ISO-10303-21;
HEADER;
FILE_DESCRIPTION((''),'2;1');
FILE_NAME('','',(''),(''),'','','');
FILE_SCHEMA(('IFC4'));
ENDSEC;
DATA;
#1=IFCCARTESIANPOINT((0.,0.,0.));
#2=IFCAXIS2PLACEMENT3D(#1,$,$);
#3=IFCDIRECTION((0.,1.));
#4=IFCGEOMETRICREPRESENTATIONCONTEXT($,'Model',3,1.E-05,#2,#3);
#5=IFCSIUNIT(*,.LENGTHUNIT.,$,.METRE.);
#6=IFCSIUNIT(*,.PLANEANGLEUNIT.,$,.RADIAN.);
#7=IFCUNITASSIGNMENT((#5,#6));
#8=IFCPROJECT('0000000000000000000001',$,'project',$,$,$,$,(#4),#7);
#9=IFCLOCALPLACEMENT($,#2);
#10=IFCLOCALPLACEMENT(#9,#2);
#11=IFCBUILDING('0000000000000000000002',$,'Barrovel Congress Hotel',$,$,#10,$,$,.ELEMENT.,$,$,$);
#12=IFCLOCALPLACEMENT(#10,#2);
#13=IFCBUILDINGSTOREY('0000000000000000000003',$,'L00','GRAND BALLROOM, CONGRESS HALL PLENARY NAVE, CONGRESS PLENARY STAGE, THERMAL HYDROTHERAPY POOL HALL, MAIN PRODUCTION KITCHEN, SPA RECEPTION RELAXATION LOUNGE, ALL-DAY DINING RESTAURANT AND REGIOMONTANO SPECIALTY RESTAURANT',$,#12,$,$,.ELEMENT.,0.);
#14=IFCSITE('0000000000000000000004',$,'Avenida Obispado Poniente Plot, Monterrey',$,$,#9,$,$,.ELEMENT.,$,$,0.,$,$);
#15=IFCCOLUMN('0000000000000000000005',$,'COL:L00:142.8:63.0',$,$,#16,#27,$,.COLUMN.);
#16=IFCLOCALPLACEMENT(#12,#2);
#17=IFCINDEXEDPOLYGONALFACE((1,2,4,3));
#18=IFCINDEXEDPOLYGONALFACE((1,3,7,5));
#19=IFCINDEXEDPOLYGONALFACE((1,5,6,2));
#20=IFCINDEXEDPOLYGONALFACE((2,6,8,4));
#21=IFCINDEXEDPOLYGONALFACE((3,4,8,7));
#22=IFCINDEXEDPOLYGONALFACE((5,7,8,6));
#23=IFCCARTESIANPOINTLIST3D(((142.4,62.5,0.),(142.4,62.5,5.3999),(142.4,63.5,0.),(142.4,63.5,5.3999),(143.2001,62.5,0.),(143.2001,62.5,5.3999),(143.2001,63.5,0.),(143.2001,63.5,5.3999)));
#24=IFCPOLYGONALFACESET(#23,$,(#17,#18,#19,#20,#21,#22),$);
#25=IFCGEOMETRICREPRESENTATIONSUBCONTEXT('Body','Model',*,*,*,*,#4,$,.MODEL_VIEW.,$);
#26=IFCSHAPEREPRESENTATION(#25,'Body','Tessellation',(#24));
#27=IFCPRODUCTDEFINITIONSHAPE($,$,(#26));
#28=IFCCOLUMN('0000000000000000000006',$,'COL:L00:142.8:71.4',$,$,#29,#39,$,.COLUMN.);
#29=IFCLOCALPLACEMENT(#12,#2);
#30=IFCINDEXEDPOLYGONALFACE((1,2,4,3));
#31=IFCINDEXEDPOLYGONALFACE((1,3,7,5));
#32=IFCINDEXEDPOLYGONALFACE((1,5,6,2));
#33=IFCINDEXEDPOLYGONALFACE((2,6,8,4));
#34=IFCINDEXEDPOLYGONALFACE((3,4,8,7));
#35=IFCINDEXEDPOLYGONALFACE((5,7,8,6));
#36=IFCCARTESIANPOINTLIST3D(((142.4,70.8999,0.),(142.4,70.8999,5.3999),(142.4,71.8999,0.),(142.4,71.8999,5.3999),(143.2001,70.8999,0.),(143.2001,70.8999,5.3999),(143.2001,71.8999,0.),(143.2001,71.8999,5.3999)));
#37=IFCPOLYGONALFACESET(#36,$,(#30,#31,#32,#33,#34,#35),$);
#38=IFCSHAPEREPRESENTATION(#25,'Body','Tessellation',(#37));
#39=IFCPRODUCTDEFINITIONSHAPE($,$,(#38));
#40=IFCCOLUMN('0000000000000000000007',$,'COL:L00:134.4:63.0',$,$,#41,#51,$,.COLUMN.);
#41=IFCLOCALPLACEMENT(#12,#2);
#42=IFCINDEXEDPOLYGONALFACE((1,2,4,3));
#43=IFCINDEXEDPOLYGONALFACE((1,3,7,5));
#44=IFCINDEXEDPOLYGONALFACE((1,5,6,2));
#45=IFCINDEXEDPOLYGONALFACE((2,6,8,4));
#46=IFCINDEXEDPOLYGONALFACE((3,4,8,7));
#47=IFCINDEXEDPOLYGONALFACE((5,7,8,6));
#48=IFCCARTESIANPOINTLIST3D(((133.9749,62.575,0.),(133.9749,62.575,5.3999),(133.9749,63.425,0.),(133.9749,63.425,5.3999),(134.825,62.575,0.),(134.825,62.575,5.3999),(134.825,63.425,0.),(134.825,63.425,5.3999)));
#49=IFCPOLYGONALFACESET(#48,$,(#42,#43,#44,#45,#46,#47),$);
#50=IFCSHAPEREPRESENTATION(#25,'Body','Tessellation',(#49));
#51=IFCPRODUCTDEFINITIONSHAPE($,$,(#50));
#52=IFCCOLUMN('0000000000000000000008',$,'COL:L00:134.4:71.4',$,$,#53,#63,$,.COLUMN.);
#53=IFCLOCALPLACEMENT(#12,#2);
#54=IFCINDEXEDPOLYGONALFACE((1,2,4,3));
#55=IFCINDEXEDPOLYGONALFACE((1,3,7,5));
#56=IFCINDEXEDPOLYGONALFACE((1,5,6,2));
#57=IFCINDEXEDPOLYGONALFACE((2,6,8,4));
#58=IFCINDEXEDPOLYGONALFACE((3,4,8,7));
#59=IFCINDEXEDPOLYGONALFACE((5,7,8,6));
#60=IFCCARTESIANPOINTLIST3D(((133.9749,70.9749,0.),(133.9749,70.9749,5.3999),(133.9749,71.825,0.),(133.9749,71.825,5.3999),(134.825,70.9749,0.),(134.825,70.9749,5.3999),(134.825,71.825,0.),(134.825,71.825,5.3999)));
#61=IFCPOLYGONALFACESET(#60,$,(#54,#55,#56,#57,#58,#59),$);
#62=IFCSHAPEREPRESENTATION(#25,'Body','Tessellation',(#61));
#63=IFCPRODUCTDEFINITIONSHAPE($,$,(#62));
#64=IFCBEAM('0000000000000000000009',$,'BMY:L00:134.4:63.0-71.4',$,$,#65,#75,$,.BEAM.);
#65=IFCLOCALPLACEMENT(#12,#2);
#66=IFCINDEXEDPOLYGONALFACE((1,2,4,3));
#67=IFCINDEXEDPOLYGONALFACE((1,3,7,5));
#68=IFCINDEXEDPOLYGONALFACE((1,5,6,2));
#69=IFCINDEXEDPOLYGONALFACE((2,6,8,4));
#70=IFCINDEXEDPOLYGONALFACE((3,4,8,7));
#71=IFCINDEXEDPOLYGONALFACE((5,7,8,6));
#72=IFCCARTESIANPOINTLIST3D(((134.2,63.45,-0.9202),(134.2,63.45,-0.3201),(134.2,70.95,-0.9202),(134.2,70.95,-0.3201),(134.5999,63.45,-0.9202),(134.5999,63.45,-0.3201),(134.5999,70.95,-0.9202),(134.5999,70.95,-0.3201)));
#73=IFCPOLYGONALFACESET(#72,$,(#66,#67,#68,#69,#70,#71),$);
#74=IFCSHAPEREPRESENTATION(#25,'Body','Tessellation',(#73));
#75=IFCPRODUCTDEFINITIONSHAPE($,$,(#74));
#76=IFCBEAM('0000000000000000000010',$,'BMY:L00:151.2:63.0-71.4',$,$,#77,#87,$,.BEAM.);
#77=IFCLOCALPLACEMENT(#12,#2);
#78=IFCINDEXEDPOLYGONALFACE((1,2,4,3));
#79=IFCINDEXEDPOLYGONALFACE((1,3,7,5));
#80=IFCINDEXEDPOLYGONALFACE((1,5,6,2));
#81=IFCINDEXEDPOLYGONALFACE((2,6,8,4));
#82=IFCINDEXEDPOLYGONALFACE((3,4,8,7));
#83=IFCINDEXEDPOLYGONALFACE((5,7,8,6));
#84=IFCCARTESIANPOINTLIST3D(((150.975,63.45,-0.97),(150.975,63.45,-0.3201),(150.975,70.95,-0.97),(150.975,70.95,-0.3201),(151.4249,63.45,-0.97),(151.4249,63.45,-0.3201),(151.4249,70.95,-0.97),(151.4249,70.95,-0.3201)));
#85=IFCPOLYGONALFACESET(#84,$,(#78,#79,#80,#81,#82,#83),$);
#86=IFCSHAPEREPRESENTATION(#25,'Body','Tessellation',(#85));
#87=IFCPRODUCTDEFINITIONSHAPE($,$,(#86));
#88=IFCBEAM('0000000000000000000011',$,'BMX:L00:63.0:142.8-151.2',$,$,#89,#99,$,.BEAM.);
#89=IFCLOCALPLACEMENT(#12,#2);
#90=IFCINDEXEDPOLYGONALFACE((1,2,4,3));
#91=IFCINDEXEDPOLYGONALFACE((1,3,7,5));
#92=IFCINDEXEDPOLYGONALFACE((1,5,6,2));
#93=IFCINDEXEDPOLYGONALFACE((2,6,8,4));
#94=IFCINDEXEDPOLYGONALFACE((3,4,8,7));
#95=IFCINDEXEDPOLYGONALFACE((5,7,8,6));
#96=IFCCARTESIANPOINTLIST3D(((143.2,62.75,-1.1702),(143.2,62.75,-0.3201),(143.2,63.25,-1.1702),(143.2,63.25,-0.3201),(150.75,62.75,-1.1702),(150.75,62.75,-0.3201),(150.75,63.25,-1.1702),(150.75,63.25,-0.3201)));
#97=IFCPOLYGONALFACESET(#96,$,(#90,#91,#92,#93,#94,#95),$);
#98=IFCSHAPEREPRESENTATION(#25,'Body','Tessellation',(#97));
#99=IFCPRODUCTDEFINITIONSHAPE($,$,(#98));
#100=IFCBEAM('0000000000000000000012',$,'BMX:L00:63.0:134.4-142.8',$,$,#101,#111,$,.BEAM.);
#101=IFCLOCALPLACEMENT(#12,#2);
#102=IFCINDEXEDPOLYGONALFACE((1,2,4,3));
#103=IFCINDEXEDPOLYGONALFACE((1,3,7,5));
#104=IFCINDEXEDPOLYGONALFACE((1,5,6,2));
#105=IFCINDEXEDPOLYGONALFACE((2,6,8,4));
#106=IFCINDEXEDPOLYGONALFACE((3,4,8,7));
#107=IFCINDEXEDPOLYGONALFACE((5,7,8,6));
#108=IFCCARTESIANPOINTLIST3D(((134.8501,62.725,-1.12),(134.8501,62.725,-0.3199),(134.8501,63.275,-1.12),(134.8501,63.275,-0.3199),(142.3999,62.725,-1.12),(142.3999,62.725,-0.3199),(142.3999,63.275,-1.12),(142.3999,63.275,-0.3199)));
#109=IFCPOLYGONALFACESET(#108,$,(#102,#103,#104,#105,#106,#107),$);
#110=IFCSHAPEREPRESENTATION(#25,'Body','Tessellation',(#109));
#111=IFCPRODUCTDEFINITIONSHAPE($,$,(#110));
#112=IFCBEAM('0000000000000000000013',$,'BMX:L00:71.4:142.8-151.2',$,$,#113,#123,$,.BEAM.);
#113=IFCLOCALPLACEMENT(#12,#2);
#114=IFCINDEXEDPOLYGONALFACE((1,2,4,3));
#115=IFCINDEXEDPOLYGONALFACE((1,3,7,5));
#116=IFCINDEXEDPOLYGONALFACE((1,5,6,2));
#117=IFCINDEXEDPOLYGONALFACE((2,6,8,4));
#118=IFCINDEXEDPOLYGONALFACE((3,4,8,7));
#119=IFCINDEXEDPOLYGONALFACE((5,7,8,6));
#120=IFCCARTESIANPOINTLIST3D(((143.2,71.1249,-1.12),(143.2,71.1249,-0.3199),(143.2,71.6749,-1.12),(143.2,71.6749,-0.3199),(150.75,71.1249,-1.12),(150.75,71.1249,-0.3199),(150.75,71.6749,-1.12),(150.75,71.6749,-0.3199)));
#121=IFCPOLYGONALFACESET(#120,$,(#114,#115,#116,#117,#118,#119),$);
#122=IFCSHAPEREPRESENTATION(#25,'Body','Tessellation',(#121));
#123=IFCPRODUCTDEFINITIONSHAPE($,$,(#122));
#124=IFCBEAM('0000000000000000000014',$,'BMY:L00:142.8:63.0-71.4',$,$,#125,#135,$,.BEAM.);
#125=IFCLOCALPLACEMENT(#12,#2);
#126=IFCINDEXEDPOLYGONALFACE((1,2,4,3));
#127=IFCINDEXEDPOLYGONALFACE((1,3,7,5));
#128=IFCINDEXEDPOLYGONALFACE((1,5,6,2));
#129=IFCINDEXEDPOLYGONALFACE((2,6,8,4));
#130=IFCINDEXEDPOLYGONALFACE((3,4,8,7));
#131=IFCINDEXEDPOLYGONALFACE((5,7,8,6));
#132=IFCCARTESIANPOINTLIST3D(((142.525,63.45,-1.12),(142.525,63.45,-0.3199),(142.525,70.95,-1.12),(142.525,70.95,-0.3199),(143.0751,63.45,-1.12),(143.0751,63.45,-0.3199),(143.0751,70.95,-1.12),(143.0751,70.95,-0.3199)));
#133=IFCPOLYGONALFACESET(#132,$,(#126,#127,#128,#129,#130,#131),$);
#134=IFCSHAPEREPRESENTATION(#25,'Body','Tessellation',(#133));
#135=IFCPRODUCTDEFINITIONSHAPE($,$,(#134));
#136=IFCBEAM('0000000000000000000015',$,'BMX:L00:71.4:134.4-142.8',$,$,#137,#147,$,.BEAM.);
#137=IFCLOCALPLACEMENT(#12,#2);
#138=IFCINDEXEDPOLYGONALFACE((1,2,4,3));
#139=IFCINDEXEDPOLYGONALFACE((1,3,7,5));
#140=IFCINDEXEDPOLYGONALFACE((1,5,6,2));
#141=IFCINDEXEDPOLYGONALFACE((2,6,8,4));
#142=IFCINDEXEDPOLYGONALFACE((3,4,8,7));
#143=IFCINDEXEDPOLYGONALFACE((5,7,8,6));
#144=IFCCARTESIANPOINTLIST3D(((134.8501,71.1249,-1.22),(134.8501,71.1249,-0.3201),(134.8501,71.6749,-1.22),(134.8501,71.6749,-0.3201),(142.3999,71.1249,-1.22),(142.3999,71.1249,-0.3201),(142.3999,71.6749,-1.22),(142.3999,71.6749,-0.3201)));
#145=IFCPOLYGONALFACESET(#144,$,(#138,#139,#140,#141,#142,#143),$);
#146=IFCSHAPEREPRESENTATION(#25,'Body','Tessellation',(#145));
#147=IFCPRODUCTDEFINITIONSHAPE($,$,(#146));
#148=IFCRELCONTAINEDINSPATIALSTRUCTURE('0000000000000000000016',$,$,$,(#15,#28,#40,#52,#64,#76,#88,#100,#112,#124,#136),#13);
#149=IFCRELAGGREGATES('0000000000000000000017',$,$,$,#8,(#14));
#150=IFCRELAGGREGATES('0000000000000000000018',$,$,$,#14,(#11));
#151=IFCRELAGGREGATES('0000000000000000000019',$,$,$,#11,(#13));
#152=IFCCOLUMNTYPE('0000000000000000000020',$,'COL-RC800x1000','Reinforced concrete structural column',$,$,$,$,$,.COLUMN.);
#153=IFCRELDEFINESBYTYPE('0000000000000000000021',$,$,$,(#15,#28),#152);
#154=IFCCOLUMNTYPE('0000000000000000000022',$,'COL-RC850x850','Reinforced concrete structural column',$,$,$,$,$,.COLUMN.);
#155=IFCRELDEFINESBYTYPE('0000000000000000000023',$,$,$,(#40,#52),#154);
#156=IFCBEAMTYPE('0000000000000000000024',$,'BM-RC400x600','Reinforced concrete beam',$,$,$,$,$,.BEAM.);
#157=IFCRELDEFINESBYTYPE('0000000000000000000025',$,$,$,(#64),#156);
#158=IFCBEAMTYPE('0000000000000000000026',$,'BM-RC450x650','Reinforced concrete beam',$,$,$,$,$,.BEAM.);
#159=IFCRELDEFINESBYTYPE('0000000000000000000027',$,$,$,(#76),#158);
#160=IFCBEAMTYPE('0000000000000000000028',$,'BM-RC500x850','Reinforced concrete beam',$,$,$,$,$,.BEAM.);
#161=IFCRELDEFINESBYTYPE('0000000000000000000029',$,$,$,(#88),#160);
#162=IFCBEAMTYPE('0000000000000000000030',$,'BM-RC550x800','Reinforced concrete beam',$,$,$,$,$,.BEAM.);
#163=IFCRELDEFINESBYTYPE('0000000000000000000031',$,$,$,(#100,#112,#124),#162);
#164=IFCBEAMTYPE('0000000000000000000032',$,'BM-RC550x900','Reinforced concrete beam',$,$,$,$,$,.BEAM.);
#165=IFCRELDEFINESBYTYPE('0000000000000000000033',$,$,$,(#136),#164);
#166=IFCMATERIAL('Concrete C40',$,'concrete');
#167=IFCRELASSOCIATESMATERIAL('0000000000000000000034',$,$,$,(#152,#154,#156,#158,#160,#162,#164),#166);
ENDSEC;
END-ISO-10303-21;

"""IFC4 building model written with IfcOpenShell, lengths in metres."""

from ifc_helpers import new_model, si_unit, direction, frame, origin, origin_2d, place, context, subcontext, project, spatial, rectangle, extrude, material, material_profile, profile_set, type_object, element, save


model = new_model("IFC4")

# Units and contexts
model_context = context("Model", 3, precision=1e-05, world=origin(), true_north=direction((0.0, 1.0)))
body_context = subcontext(model_context, "Body", "Model", "MODEL_VIEW")
ifc_project = project(units=[si_unit("LENGTHUNIT", "METRE"), si_unit("PLANEANGLEUNIT", "RADIAN")], contexts=[model_context])

# Site, building, storey
site_placement = place(None, origin())
site = spatial("IfcSite", under=ifc_project, at=site_placement, Name="Avenida Obispado Poniente Plot, Monterrey", CompositionType="ELEMENT", RefElevation=0.0)
building_placement = place(site_placement, origin())
building = spatial("IfcBuilding", under=site, at=building_placement, Name="Barrovel Congress Hotel", CompositionType="ELEMENT")
storey_placement = place(building_placement, origin())
storey = spatial("IfcBuildingStorey", under=building, at=storey_placement, Name="L00", Description="GRAND BALLROOM, CONGRESS HALL PLENARY NAVE, CONGRESS PLENARY STAGE, THERMAL HYDROTHERAPY POOL HALL, MAIN PRODUCTION KITCHEN, SPA RECEPTION RELAXATION LOUNGE, ALL-DAY DINING RESTAURANT AND REGIOMONTANO SPECIALTY RESTAURANT", CompositionType="ELEMENT", Elevation=0.0)

# Columns
ifc_material_1 = material(Name="Concrete C40", Category="concrete")
ifc_material_profile_1 = material_profile(ifc_material_1, rectangle(XDim=0.8, YDim=1.0, at=origin_2d()), Name="RC800x1000")
ifc_profile_set_1 = profile_set([ifc_material_profile_1], Name="Concrete C40")
column_type_1 = type_object("IfcColumnType", Name="COL-RC800x1000", Description="Reinforced concrete structural column", PredefinedType="COLUMN", material=ifc_profile_set_1)
for number, where, z_axis, x_axis, name in (
    (1, (142.8, 63.0, 0.0), (0.0, 0.0, 1.0), (1.0, 0.0, 0.0), "COL:L00:142.8:63.0"),
    (2, (142.8, 71.3999, 0.0), (0.0, 0.0, 1.0), (1.0, 0.0, 0.0), "COL:L00:142.8:71.4"),
):
    element("IfcColumn", number, at=place(storey_placement, frame(where, z_axis=z_axis, x_axis=x_axis)), inside=storey, type_object=column_type_1, Name=name, PredefinedType="COLUMN", context=body_context, shape_type="SweptSolid", body=[
        extrude(rectangle(XDim=0.8, YDim=1.0, at=origin_2d()), origin(), (0.0, 0.0, 1.0), 5.3999),
    ])
ifc_material_profile_2 = material_profile(ifc_material_1, rectangle(XDim=0.8501, YDim=0.8501, at=origin_2d()), Name="RC850x850")
ifc_profile_set_2 = profile_set([ifc_material_profile_2], Name="Concrete C40")
column_type_2 = type_object("IfcColumnType", Name="COL-RC850x850", Description="Reinforced concrete structural column", PredefinedType="COLUMN", material=ifc_profile_set_2)
for number, where, z_axis, x_axis, name in (
    (3, (134.3999, 63.0, 0.0), (0.0, 0.0, 1.0), (1.0, 0.0, 0.0), "COL:L00:134.4:63.0"),
    (4, (134.3999, 71.3999, 0.0), (0.0, 0.0, 1.0), (1.0, 0.0, 0.0), "COL:L00:134.4:71.4"),
):
    element("IfcColumn", number, at=place(storey_placement, frame(where, z_axis=z_axis, x_axis=x_axis)), inside=storey, type_object=column_type_2, Name=name, PredefinedType="COLUMN", context=body_context, shape_type="SweptSolid", body=[
        extrude(rectangle(XDim=0.8501, YDim=0.8501, at=origin_2d()), origin(), (0.0, 0.0, 1.0), 5.3999),
    ])

# Beams
ifc_material_profile_3 = material_profile(ifc_material_1, rectangle(XDim=0.3999, YDim=0.6001, at=origin_2d()), Name="RC400x600")
ifc_profile_set_3 = profile_set([ifc_material_profile_3], Name="Concrete C40")
beam_type_1 = type_object("IfcBeamType", Name="BM-RC400x600", Description="Reinforced concrete beam", PredefinedType="BEAM", material=ifc_profile_set_3)
beam_1_placement = place(storey_placement, frame((134.3999, 63.45, -0.6201), z_axis=(0.0, 1.0, 0.0), x_axis=(-1.0, 0.0, 0.0)))
element("IfcBeam", 5, at=beam_1_placement, inside=storey, type_object=beam_type_1, Name="BMY:L00:134.4:63.0-71.4", PredefinedType="BEAM", context=body_context, shape_type="SweptSolid", body=[
    extrude(rectangle(XDim=0.3999, YDim=0.6001, at=origin_2d()), origin(), (0.0, 0.0, 1.0), 7.5),
])
ifc_material_profile_4 = material_profile(ifc_material_1, rectangle(XDim=0.45, YDim=0.6499, at=origin_2d()), Name="RC450x650")
ifc_profile_set_4 = profile_set([ifc_material_profile_4], Name="Concrete C40")
beam_type_2 = type_object("IfcBeamType", Name="BM-RC450x650", Description="Reinforced concrete beam", PredefinedType="BEAM", material=ifc_profile_set_4)
beam_2_placement = place(storey_placement, frame((151.2, 63.45, -0.645), z_axis=(0.0, 1.0, 0.0), x_axis=(-1.0, 0.0, 0.0)))
element("IfcBeam", 6, at=beam_2_placement, inside=storey, type_object=beam_type_2, Name="BMY:L00:151.2:63.0-71.4", PredefinedType="BEAM", context=body_context, shape_type="SweptSolid", body=[
    extrude(rectangle(XDim=0.45, YDim=0.6499, at=origin_2d()), origin(), (0.0, 0.0, 1.0), 7.5),
])
ifc_material_profile_5 = material_profile(ifc_material_1, rectangle(XDim=0.5, YDim=0.8501, at=origin_2d()), Name="RC500x850")
ifc_profile_set_5 = profile_set([ifc_material_profile_5], Name="Concrete C40")
beam_type_3 = type_object("IfcBeamType", Name="BM-RC500x850", Description="Reinforced concrete beam", PredefinedType="BEAM", material=ifc_profile_set_5)
beam_3_placement = place(storey_placement, frame((143.2, 63.0, -0.7451), z_axis=(1.0, 0.0, 0.0), x_axis=(0.0, 1.0, 0.0)))
element("IfcBeam", 7, at=beam_3_placement, inside=storey, type_object=beam_type_3, Name="BMX:L00:63.0:142.8-151.2", PredefinedType="BEAM", context=body_context, shape_type="SweptSolid", body=[
    extrude(rectangle(XDim=0.5, YDim=0.8501, at=origin_2d()), origin(), (0.0, 0.0, 1.0), 7.55),
])
ifc_material_profile_6 = material_profile(ifc_material_1, rectangle(XDim=0.55, YDim=0.8, at=origin_2d()), Name="RC550x800")
ifc_profile_set_6 = profile_set([ifc_material_profile_6], Name="Concrete C40")
beam_type_4 = type_object("IfcBeamType", Name="BM-RC550x800", Description="Reinforced concrete beam", PredefinedType="BEAM", material=ifc_profile_set_6)
beam_4_placement = place(storey_placement, frame((134.8501, 63.0, -0.72), z_axis=(1.0, 0.0, 0.0), x_axis=(0.0, 1.0, 0.0)))
element("IfcBeam", 8, at=beam_4_placement, inside=storey, type_object=beam_type_4, Name="BMX:L00:63.0:134.4-142.8", PredefinedType="BEAM", context=body_context, shape_type="SweptSolid", body=[
    extrude(rectangle(XDim=0.55, YDim=0.8, at=origin_2d()), origin(), (0.0, 0.0, 1.0), 7.5498),
])
beam_5_placement = place(storey_placement, frame((143.2, 71.3999, -0.72), z_axis=(1.0, 0.0, 0.0), x_axis=(0.0, 1.0, 0.0)))
element("IfcBeam", 9, at=beam_5_placement, inside=storey, type_object=beam_type_4, Name="BMX:L00:71.4:142.8-151.2", PredefinedType="BEAM", context=body_context, shape_type="SweptSolid", body=[
    extrude(rectangle(XDim=0.55, YDim=0.8, at=origin_2d()), origin(), (0.0, 0.0, 1.0), 7.55),
])
beam_6_placement = place(storey_placement, frame((142.8, 63.45, -0.72), z_axis=(0.0, 1.0, 0.0), x_axis=(-1.0, 0.0, 0.0)))
element("IfcBeam", 10, at=beam_6_placement, inside=storey, type_object=beam_type_4, Name="BMY:L00:142.8:63.0-71.4", PredefinedType="BEAM", context=body_context, shape_type="SweptSolid", body=[
    extrude(rectangle(XDim=0.55, YDim=0.8, at=origin_2d()), origin(), (0.0, 0.0, 1.0), 7.5),
])
ifc_material_profile_7 = material_profile(ifc_material_1, rectangle(XDim=0.55, YDim=0.8999, at=origin_2d()), Name="RC550x900")
ifc_profile_set_7 = profile_set([ifc_material_profile_7], Name="Concrete C40")
beam_type_5 = type_object("IfcBeamType", Name="BM-RC550x900", Description="Reinforced concrete beam", PredefinedType="BEAM", material=ifc_profile_set_7)
beam_7_placement = place(storey_placement, frame((134.8501, 71.3999, -0.77), z_axis=(1.0, 0.0, 0.0), x_axis=(0.0, 1.0, 0.0)))
element("IfcBeam", 11, at=beam_7_placement, inside=storey, type_object=beam_type_5, Name="BMX:L00:71.4:134.4-142.8", PredefinedType="BEAM", context=body_context, shape_type="SweptSolid", body=[
    extrude(rectangle(XDim=0.55, YDim=0.8999, at=origin_2d()), origin(), (0.0, 0.0, 1.0), 7.5498),
])

save(model, "model.ifc")
